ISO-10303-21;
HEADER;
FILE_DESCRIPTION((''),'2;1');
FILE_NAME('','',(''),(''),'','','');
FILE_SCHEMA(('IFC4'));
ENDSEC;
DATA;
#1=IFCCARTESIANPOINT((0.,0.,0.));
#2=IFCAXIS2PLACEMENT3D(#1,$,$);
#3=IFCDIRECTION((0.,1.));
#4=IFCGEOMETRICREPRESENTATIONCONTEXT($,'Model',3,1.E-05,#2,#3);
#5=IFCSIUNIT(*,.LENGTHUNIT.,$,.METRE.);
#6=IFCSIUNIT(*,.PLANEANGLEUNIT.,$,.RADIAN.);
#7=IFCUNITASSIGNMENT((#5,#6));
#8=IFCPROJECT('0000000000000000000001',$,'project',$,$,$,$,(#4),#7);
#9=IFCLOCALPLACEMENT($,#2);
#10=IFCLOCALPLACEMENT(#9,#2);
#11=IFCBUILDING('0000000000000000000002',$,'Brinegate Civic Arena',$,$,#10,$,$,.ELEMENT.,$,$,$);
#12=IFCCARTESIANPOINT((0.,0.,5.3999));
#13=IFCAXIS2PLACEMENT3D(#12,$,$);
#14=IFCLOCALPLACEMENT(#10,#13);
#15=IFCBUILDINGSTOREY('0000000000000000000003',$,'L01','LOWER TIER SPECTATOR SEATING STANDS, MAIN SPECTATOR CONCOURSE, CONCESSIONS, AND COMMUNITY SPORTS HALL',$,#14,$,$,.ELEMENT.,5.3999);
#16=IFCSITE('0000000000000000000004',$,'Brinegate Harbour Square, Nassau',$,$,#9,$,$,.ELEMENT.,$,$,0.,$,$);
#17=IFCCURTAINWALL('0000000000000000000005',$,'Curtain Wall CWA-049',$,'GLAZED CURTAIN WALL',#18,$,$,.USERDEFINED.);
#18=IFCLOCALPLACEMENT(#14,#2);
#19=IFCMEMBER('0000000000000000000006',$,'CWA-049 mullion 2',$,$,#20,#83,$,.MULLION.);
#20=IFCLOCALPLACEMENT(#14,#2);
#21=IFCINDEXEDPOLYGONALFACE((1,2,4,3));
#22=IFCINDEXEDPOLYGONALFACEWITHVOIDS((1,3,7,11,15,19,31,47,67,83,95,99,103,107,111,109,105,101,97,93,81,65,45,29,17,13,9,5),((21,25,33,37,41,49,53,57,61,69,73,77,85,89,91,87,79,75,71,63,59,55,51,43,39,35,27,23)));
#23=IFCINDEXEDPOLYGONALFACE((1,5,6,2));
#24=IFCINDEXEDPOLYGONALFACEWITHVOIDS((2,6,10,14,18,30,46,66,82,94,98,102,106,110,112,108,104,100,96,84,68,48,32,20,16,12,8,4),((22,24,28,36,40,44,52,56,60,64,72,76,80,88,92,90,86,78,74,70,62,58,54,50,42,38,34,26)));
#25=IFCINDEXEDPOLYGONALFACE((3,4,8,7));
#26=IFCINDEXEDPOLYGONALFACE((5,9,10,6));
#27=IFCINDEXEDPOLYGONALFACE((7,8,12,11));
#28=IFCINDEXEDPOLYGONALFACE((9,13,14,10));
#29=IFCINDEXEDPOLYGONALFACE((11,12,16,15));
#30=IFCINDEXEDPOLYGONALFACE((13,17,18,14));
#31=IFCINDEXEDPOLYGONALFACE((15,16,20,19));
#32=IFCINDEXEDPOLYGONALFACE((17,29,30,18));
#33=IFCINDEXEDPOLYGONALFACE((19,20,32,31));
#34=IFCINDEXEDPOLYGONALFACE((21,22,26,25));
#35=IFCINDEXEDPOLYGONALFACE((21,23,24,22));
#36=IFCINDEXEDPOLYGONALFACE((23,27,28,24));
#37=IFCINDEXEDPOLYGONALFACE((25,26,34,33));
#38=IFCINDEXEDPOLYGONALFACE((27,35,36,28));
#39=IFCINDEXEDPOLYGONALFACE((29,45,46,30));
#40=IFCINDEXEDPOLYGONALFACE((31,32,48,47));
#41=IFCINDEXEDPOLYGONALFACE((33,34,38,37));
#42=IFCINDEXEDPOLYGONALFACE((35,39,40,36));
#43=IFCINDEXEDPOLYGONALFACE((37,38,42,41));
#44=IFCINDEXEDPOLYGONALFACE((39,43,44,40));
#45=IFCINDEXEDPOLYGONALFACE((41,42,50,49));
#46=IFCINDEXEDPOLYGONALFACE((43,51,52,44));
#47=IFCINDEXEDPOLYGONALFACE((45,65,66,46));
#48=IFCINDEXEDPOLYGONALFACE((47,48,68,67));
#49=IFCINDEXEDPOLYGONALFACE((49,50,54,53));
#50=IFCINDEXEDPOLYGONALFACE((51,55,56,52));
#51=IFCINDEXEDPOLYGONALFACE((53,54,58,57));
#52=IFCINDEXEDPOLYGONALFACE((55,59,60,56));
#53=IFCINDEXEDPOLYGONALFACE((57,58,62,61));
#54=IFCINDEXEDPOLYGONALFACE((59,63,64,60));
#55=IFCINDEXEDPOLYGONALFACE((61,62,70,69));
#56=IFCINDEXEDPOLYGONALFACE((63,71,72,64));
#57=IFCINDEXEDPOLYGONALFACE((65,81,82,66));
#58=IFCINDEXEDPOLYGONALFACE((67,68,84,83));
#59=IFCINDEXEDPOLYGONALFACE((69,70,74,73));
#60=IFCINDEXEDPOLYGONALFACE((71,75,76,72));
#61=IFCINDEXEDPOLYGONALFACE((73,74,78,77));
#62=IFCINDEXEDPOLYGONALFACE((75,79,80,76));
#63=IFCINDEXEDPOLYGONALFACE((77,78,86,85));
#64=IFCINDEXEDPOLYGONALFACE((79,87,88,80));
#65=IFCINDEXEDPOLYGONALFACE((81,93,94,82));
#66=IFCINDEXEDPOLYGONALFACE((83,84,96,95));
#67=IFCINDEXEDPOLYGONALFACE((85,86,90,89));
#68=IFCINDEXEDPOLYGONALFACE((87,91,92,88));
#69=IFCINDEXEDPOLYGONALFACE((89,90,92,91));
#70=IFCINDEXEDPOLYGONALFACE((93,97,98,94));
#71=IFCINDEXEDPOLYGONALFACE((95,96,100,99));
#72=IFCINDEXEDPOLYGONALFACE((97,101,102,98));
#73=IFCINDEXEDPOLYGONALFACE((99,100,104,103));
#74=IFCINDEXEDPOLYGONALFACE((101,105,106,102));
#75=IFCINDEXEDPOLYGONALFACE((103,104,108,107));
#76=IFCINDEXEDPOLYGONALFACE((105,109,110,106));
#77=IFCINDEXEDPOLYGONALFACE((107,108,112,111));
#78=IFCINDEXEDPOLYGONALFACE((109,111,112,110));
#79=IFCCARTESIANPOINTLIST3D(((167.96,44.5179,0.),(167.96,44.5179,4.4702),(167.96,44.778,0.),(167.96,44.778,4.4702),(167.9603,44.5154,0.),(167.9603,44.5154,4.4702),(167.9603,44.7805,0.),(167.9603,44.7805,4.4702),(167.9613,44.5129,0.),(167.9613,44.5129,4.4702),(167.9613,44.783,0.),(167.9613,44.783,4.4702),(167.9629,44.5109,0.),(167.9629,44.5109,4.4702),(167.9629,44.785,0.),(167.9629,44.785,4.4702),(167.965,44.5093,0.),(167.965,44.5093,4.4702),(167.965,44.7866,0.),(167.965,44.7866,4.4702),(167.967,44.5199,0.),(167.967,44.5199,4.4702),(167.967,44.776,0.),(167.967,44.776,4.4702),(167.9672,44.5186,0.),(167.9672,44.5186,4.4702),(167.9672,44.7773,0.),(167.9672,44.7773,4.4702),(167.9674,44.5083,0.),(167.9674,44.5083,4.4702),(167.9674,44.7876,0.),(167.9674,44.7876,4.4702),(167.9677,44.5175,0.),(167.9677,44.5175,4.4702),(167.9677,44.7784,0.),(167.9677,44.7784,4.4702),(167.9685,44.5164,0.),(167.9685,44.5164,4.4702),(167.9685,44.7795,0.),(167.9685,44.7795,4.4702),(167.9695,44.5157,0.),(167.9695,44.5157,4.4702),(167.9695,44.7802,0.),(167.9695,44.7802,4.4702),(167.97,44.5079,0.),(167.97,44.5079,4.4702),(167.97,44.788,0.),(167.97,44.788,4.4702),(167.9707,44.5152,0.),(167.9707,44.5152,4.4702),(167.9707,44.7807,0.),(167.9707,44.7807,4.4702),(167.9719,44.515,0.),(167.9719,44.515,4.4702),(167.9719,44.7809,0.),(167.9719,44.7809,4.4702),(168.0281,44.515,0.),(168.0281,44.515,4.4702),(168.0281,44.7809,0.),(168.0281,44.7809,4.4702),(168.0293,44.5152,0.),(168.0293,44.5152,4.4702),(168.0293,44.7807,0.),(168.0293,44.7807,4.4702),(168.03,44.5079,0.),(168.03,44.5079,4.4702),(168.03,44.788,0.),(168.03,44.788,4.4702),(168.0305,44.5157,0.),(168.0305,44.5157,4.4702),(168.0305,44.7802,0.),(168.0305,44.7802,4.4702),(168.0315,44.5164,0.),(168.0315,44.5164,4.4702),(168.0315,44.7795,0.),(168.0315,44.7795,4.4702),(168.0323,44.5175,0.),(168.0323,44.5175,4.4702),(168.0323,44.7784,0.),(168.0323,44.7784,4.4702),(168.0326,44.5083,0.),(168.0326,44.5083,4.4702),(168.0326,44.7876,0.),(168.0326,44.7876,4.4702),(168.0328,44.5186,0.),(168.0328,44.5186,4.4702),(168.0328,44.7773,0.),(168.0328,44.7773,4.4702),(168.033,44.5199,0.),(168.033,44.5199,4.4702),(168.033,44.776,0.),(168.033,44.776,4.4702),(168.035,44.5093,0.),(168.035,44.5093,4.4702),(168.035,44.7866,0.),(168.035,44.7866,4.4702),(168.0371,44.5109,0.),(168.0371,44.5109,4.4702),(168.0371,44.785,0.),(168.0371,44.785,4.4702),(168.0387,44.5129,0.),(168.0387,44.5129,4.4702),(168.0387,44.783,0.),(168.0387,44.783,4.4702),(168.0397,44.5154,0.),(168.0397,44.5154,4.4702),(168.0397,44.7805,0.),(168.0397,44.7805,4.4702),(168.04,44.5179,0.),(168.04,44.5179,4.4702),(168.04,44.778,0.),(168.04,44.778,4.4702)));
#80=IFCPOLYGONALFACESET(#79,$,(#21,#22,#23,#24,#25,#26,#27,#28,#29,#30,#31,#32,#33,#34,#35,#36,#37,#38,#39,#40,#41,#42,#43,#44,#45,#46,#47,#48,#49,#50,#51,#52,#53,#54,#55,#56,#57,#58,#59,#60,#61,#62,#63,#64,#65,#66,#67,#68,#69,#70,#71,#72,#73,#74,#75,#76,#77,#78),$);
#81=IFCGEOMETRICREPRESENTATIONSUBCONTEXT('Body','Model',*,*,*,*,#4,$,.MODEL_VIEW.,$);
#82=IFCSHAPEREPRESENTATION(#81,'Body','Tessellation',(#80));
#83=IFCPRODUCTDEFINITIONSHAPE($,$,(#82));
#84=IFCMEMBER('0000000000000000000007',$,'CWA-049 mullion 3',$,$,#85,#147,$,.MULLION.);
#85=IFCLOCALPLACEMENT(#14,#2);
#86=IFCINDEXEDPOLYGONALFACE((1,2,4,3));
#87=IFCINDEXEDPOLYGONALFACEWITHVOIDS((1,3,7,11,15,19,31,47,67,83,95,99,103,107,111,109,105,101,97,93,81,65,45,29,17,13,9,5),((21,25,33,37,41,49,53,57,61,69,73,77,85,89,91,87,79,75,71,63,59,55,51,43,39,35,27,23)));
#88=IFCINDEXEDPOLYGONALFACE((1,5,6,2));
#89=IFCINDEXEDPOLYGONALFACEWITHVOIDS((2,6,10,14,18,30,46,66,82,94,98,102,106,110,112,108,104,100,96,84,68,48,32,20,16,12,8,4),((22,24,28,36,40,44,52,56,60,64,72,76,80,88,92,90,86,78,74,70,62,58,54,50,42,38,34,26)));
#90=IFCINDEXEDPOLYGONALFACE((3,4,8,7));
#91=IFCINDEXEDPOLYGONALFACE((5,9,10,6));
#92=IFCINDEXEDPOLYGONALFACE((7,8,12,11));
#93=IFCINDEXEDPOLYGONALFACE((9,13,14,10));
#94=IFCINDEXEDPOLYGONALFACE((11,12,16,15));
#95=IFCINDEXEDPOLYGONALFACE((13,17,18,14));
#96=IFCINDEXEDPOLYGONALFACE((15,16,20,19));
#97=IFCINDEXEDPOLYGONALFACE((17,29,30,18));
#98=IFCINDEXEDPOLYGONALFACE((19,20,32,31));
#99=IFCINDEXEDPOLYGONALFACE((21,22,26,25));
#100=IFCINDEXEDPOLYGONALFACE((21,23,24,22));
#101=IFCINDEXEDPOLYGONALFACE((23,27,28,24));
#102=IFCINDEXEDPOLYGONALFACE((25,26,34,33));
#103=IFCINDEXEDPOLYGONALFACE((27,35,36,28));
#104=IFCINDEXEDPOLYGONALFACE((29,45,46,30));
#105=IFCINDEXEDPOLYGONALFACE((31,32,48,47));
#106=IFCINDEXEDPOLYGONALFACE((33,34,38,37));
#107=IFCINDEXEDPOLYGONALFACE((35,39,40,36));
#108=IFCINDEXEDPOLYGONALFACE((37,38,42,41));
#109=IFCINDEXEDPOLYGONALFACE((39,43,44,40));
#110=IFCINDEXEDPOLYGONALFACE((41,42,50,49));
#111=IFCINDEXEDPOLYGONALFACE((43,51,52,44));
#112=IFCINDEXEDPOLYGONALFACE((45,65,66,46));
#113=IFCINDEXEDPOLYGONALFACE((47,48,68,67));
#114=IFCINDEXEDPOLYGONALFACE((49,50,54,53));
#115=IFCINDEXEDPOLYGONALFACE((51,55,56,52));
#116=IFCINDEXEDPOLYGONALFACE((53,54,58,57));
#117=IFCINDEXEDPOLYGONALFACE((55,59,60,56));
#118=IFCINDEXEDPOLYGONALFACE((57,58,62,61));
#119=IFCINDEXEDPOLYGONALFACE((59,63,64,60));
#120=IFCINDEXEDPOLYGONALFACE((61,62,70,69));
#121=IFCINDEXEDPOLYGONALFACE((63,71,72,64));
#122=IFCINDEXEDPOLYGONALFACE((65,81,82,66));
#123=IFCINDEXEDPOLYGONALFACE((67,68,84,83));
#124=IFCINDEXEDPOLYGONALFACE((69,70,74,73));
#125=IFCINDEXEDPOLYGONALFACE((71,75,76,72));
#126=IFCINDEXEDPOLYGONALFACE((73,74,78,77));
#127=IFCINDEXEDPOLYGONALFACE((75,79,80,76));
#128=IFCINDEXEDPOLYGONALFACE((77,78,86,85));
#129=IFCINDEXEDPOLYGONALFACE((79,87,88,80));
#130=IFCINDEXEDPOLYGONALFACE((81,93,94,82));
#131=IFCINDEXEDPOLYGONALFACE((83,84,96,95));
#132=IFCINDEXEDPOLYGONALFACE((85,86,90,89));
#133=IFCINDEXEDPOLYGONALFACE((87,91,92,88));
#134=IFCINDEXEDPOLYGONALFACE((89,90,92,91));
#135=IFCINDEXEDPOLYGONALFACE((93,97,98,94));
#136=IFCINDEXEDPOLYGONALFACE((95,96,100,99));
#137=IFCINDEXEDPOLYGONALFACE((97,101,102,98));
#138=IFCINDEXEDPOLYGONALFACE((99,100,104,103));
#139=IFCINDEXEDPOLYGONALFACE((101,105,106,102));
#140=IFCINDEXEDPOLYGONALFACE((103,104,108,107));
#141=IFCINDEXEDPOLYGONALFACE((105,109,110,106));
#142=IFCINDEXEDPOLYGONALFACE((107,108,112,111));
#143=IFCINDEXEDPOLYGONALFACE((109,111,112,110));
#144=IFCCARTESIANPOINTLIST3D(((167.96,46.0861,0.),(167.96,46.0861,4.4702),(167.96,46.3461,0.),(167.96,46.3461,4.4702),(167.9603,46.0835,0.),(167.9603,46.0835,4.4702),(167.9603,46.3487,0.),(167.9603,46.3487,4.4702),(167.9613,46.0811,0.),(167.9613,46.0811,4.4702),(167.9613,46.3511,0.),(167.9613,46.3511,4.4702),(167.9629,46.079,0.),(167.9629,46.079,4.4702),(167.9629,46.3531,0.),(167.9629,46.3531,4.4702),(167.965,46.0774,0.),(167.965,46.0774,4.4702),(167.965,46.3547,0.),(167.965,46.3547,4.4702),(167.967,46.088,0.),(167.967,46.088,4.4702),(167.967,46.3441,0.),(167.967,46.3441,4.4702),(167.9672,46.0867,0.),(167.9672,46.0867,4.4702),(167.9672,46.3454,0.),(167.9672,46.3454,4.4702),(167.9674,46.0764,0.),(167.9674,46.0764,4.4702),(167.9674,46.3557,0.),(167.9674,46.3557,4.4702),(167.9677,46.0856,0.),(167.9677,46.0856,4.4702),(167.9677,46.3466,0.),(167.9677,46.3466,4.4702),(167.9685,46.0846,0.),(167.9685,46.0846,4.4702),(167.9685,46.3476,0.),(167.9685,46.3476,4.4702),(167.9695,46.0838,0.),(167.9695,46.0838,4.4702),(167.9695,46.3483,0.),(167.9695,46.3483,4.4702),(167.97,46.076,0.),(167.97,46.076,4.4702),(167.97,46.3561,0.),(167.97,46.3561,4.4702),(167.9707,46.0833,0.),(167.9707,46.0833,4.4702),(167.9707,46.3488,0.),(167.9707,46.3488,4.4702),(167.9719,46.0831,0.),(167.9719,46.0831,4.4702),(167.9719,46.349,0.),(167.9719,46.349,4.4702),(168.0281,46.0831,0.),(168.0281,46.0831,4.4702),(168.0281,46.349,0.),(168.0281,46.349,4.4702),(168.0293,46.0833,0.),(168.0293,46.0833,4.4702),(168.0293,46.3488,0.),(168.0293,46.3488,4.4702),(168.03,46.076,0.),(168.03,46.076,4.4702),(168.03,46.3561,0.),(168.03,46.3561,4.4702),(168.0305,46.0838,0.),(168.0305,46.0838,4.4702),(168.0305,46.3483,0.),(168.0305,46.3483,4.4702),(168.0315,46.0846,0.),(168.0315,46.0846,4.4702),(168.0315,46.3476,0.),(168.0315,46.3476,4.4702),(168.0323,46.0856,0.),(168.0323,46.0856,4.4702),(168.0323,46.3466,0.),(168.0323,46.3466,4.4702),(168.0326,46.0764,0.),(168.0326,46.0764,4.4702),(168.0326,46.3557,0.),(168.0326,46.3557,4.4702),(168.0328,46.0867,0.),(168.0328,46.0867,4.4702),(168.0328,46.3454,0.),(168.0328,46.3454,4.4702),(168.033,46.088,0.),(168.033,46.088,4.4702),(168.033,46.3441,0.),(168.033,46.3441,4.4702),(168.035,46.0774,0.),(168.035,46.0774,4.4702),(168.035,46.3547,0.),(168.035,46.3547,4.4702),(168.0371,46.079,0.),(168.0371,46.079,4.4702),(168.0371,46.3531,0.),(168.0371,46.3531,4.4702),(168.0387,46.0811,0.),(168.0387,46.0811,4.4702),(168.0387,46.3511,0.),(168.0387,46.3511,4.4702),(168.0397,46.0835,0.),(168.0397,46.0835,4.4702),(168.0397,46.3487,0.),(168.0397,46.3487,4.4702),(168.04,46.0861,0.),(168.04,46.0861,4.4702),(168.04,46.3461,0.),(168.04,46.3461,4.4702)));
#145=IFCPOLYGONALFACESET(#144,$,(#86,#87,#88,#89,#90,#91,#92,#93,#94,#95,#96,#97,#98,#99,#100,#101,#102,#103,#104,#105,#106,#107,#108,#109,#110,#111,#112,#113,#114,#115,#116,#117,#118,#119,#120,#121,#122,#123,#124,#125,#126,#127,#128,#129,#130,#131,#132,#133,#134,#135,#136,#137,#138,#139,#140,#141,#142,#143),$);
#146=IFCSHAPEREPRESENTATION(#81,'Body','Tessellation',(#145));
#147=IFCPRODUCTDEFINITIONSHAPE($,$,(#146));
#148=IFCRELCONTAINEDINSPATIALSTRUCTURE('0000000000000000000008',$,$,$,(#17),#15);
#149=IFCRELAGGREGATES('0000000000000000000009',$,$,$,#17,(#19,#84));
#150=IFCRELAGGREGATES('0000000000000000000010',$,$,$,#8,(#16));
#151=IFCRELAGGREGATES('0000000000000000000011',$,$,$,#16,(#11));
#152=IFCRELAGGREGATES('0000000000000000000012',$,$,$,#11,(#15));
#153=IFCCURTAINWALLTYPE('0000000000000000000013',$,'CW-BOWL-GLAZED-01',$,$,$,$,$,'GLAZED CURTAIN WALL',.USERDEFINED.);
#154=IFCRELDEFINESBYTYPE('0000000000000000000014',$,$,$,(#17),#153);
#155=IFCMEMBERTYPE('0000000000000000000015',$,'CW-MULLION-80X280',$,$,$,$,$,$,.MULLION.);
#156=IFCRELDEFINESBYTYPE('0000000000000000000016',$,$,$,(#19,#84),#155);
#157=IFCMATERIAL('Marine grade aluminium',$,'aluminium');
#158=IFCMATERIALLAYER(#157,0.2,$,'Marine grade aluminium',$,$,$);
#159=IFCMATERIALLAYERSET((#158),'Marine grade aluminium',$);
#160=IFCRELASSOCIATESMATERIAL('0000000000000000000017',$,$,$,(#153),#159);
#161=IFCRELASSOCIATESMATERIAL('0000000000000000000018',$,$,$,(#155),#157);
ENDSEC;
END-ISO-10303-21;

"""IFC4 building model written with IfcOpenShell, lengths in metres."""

from ifc_helpers import new_model, si_unit, direction, frame, origin, origin_2d, place, context, subcontext, project, spatial, hollow_rectangle, extrude, material, layer, layer_set, material_profile, profile_set, type_object, element, aggregate, save


model = new_model("IFC4")

# Units and contexts
model_context = context("Model", 3, precision=1e-05, world=origin(), true_north=direction((0.0, 1.0)))
body_context = subcontext(model_context, "Body", "Model", "MODEL_VIEW")
ifc_project = project(units=[si_unit("LENGTHUNIT", "METRE"), si_unit("PLANEANGLEUNIT", "RADIAN")], contexts=[model_context])

# Site, building, storey
site_placement = place(None, origin())
site = spatial("IfcSite", under=ifc_project, at=site_placement, Name="Brinegate Harbour Square, Nassau", CompositionType="ELEMENT", RefElevation=0.0)
building_placement = place(site_placement, origin())
building = spatial("IfcBuilding", under=site, at=building_placement, Name="Brinegate Civic Arena", CompositionType="ELEMENT")
storey_placement = place(building_placement, frame((0.0, 0.0, 5.3999)))
storey = spatial("IfcBuildingStorey", under=building, at=storey_placement, Name="L01", Description="LOWER TIER SPECTATOR SEATING STANDS, MAIN SPECTATOR CONCOURSE, CONCESSIONS, AND COMMUNITY SPORTS HALL", CompositionType="ELEMENT", Elevation=5.3999)

# Curtain wall, members
ifc_material_1 = material(Name="Marine grade aluminium", Category="aluminium")
ifc_layer_1 = layer(ifc_material_1, 0.2, Name="Marine grade aluminium")
ifc_layer_set_1 = layer_set([ifc_layer_1], Name="Marine grade aluminium")
curtain_wall_type = type_object("IfcCurtainWallType", Name="CW-BOWL-GLAZED-01", ElementType="GLAZED CURTAIN WALL", PredefinedType="USERDEFINED", material=ifc_layer_set_1)
curtain_wall_placement = place(storey_placement, origin())
curtain_wall = element("IfcCurtainWall", 1, at=curtain_wall_placement, inside=storey, type_object=curtain_wall_type, Name="Curtain Wall CWA-049", ObjectType="GLAZED CURTAIN WALL", PredefinedType="USERDEFINED")
ifc_material_profile_1 = material_profile(ifc_material_1, hollow_rectangle(XDim=0.0801, YDim=0.28, WallThickness=0.0071, InnerFilletRadius=0.0049, OuterFilletRadius=0.01, at=origin_2d()), Name="MUL80X280")
ifc_profile_set_1 = profile_set([ifc_material_profile_1], Name="Marine grade aluminium")
member_type_1 = type_object("IfcMemberType", Name="CW-MULLION-80X280", PredefinedType="MULLION", material=ifc_profile_set_1)
member_1_placement = place(storey_placement, frame((168.0, 44.6479, 0.0), z_axis=(0.0, 0.0, 1.0), x_axis=(-1.0, 0.0, 0.0)))
member_1 = element("IfcMember", 2, at=member_1_placement, type_object=member_type_1, Name="CWA-049 mullion 2", PredefinedType="MULLION", context=body_context, shape_type="SweptSolid", body=[
    extrude(hollow_rectangle(XDim=0.0801, YDim=0.28, WallThickness=0.0071, InnerFilletRadius=0.0049, OuterFilletRadius=0.01, at=origin_2d()), origin(), (0.0, 0.0, 1.0), 4.4702),
])
member_2_placement = place(storey_placement, frame((168.0, 46.2161, 0.0), z_axis=(0.0, 0.0, 1.0), x_axis=(-1.0, 0.0, 0.0)))
member_2 = element("IfcMember", 3, at=member_2_placement, type_object=member_type_1, Name="CWA-049 mullion 3", PredefinedType="MULLION", context=body_context, shape_type="SweptSolid", body=[
    extrude(hollow_rectangle(XDim=0.0801, YDim=0.28, WallThickness=0.0071, InnerFilletRadius=0.0049, OuterFilletRadius=0.01, at=origin_2d()), origin(), (0.0, 0.0, 1.0), 4.4702),
])
aggregate(curtain_wall, [member_1, member_2])

save(model, "model.ifc")
